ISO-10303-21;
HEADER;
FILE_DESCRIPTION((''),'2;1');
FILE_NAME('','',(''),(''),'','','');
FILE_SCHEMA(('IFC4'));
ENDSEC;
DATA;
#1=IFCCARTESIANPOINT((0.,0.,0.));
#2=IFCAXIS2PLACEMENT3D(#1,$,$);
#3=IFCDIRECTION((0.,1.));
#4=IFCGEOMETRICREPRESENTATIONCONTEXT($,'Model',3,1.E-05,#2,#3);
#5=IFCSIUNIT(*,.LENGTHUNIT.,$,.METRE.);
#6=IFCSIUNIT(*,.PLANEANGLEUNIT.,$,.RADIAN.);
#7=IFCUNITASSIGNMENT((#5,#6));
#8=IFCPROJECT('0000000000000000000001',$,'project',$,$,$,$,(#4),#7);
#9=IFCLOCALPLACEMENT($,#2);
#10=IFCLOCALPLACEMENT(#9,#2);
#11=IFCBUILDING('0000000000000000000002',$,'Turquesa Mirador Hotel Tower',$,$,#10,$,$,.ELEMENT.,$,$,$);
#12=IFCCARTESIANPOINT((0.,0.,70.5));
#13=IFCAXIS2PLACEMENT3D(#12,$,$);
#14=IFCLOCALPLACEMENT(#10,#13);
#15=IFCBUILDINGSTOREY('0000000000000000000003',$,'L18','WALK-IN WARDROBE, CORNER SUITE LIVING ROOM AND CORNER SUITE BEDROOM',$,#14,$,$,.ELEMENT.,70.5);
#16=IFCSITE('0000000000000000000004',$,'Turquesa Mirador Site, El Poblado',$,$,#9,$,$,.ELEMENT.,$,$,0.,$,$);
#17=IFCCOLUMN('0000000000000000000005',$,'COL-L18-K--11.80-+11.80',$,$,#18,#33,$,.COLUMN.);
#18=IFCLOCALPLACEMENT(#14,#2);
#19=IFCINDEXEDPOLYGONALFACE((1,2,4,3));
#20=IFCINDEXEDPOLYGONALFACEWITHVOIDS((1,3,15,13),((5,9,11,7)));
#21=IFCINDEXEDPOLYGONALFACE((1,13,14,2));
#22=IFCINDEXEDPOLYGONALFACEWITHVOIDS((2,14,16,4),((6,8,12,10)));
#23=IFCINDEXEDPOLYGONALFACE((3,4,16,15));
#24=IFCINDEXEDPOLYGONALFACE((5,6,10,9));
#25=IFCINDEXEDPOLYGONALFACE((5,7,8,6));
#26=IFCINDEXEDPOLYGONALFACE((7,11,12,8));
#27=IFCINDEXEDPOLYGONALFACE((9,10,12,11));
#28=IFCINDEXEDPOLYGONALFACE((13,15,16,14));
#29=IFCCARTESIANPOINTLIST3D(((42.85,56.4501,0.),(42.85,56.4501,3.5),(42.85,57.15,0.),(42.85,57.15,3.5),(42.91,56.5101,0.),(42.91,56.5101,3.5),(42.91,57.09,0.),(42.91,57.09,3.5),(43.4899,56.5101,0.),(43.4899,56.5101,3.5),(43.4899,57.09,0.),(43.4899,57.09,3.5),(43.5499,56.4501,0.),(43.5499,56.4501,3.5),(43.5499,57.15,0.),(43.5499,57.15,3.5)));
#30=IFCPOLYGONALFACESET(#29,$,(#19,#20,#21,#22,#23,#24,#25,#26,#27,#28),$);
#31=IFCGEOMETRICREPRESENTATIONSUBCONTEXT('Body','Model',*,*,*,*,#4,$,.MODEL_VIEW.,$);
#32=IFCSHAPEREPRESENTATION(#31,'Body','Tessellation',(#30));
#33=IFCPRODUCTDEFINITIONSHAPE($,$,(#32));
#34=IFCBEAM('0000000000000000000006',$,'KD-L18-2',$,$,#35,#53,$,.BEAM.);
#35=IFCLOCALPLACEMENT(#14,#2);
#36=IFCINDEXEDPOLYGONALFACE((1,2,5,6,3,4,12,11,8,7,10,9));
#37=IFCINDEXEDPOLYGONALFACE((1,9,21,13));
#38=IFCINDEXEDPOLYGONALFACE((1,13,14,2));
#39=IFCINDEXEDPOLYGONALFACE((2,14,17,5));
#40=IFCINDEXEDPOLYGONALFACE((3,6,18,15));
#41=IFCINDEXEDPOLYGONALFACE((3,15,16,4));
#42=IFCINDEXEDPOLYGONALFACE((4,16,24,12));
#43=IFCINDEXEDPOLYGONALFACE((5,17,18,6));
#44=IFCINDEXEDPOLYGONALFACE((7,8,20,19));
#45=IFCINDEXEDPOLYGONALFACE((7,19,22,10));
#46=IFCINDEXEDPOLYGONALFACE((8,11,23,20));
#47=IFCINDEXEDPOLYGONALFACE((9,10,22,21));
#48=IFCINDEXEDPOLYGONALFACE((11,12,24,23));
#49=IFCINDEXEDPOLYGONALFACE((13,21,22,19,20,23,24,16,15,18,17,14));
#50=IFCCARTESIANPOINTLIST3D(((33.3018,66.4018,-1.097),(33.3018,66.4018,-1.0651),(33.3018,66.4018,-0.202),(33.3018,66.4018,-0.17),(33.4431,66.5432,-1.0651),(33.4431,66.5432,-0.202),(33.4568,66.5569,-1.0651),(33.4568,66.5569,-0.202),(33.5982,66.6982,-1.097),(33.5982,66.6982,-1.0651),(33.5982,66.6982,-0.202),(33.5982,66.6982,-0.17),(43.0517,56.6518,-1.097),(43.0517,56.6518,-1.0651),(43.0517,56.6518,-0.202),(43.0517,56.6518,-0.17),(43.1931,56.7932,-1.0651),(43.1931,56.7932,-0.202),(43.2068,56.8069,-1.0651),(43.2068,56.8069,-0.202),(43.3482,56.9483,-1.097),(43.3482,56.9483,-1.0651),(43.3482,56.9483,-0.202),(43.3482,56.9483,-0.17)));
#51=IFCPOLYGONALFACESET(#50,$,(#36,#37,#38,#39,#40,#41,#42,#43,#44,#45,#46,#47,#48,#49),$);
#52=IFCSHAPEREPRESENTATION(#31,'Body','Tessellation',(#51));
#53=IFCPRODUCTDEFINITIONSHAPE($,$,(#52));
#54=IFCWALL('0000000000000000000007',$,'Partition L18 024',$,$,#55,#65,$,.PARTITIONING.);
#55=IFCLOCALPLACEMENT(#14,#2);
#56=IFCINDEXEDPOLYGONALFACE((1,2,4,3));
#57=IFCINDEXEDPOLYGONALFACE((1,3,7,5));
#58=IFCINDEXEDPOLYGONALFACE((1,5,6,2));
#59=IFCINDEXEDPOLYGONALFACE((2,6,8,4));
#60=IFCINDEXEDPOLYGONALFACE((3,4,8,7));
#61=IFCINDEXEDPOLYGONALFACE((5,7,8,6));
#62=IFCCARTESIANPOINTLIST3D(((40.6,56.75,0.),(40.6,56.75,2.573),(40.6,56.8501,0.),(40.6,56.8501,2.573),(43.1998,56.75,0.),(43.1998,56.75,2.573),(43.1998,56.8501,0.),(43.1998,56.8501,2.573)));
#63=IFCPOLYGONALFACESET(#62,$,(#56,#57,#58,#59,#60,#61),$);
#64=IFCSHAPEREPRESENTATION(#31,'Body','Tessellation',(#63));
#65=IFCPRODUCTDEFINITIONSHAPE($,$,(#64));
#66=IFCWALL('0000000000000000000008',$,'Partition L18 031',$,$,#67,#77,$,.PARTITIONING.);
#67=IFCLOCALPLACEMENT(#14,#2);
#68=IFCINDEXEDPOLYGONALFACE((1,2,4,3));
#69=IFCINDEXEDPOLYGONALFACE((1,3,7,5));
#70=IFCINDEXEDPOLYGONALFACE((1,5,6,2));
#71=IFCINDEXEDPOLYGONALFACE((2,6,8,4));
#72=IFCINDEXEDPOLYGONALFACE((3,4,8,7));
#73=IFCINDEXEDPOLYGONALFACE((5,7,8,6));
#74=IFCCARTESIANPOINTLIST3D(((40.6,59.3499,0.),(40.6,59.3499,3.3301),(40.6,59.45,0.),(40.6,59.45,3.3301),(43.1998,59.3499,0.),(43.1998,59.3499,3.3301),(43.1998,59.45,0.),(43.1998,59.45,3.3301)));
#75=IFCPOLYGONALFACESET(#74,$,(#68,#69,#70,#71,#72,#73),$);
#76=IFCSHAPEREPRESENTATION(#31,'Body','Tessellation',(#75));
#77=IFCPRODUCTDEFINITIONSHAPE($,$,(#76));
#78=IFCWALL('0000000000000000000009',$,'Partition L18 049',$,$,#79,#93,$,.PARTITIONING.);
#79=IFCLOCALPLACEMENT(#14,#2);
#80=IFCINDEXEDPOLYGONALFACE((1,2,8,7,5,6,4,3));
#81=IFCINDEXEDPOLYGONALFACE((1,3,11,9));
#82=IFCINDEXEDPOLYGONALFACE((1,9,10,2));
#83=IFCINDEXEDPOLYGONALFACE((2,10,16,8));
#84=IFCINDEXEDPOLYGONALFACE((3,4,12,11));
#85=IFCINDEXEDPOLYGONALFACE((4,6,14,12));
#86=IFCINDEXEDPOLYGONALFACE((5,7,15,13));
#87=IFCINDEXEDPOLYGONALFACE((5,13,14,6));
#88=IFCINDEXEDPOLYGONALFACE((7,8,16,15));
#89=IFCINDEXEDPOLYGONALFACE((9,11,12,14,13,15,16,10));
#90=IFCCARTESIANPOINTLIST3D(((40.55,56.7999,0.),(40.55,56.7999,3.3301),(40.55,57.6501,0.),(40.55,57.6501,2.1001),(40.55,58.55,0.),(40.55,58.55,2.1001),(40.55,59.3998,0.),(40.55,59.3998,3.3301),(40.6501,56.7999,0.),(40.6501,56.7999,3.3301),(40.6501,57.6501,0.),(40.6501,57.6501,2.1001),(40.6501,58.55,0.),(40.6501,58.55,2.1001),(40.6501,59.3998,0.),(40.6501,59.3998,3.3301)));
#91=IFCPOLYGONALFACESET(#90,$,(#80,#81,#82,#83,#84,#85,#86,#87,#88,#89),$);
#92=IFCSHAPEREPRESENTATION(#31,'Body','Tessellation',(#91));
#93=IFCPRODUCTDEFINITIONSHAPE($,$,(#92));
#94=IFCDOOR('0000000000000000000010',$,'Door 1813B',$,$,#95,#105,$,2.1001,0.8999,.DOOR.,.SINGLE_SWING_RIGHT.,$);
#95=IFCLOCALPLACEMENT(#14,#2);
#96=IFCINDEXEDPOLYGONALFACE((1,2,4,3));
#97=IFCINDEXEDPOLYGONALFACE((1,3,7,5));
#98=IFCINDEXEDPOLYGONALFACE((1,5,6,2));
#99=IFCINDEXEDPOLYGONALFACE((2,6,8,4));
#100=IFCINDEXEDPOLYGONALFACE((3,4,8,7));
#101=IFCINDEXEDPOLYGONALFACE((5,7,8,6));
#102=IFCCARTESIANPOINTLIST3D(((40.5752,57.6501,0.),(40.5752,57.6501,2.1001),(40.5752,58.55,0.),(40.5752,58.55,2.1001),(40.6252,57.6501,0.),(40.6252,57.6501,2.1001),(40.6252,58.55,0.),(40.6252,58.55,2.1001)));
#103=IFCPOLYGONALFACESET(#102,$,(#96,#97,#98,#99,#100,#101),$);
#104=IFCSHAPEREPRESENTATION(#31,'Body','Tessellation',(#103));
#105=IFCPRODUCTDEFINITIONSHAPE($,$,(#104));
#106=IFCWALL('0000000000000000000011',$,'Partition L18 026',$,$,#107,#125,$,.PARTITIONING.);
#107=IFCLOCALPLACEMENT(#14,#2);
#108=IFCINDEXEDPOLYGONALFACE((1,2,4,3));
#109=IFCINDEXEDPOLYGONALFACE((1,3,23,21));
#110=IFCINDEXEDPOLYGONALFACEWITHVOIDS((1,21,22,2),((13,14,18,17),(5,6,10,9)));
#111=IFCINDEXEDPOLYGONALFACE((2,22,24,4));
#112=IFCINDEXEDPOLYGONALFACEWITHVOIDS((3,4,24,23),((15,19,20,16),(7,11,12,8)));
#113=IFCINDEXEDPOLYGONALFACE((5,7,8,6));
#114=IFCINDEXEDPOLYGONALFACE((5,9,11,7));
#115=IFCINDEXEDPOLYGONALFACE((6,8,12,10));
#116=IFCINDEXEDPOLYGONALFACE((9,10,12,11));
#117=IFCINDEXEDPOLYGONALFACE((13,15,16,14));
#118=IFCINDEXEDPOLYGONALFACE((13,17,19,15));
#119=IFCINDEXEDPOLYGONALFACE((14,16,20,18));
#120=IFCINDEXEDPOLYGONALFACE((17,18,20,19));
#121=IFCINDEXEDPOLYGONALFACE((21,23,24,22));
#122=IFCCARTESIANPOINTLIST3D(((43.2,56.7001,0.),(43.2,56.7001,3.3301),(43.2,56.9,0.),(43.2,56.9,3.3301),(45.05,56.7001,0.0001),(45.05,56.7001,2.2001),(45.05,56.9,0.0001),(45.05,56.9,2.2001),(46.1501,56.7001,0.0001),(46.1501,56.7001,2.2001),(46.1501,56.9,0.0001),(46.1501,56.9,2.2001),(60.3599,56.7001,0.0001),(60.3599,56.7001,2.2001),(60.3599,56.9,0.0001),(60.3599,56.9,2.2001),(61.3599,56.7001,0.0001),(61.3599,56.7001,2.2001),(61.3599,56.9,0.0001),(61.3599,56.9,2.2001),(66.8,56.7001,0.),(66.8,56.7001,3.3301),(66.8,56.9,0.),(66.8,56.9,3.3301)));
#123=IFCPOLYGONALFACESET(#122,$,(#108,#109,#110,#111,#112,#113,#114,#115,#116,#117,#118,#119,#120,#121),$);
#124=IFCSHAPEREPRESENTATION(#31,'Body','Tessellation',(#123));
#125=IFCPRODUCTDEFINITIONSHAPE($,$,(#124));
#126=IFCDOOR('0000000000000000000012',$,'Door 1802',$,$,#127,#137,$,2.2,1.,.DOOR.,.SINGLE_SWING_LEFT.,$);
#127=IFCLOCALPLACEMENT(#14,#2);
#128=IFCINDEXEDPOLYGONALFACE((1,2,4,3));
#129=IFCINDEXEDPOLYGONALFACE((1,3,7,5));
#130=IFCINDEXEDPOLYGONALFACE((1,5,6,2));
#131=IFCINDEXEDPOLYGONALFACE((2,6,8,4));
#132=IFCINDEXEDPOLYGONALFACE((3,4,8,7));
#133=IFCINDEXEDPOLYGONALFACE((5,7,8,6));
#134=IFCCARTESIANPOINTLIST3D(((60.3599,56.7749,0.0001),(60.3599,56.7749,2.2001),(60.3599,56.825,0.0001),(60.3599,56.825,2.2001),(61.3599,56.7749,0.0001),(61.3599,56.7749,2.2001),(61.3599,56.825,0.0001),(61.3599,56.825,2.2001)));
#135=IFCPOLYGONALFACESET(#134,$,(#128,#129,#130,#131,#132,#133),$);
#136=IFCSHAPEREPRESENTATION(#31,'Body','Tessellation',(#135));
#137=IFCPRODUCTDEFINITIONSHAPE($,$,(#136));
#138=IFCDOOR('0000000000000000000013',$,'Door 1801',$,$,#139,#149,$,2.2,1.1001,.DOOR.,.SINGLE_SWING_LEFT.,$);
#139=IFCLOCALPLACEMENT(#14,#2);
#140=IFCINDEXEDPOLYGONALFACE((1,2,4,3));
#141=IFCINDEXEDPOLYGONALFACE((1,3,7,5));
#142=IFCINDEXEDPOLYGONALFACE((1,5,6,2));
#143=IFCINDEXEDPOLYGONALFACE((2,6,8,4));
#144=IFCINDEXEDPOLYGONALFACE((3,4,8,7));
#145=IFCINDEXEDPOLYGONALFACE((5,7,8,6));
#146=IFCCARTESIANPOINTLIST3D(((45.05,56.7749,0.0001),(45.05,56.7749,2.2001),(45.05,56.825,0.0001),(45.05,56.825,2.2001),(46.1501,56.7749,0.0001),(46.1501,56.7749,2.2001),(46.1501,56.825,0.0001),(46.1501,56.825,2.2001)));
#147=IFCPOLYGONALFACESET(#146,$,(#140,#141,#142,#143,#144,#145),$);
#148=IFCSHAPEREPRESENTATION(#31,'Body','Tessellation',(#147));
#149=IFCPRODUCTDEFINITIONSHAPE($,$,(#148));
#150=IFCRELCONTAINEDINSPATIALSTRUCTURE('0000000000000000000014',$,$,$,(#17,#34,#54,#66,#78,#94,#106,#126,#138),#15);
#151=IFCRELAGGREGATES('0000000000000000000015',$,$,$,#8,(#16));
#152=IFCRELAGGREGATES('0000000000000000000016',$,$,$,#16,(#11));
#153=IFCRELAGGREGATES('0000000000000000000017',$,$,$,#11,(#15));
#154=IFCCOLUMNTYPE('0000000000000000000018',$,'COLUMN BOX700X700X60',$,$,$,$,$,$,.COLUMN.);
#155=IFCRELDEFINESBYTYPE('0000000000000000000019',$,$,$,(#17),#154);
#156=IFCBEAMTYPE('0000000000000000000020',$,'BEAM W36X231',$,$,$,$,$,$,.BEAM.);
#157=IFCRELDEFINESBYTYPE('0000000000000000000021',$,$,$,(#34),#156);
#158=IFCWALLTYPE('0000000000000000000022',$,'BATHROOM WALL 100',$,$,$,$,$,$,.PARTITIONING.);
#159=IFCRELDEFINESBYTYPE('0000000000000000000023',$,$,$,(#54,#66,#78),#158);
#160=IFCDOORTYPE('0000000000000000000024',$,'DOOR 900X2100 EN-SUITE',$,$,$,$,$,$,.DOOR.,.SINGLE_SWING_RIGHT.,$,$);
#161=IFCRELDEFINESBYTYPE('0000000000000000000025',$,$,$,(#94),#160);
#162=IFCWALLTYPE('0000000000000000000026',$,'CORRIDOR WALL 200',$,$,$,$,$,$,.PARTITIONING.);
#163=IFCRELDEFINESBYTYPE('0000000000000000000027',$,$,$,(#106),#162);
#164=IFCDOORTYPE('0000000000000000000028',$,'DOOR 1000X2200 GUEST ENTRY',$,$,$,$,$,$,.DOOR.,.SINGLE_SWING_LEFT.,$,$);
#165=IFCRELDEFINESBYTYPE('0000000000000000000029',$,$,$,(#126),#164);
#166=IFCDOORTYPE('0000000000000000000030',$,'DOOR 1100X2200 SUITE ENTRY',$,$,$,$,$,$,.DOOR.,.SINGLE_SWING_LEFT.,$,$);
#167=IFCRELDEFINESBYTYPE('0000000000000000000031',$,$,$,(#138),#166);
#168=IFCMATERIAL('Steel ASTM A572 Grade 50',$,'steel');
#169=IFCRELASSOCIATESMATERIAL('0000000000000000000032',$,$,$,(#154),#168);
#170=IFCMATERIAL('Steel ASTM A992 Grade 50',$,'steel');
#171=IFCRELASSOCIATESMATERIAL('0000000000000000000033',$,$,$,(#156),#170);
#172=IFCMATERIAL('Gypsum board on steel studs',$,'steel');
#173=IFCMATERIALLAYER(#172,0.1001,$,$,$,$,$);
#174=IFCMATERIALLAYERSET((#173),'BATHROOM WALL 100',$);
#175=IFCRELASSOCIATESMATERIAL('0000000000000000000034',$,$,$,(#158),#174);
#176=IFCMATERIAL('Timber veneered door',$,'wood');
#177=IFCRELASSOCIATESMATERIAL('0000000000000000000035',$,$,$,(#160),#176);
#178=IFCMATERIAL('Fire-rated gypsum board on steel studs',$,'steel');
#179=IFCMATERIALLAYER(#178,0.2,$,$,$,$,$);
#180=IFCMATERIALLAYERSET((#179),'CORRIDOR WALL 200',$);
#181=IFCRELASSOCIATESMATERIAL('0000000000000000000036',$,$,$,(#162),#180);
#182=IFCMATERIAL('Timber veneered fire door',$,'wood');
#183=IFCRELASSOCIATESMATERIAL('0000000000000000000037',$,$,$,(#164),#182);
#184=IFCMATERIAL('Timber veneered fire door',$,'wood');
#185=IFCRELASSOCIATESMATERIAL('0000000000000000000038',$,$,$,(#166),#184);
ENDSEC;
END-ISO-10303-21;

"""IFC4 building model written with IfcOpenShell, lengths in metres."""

from ifc_helpers import new_model, si_unit, direction, frame, frame_2d, origin, origin_2d, place, context, subcontext, project, spatial, rectangle, hollow_rectangle, i_section, extrude, material, layer, layer_set, material_profile, profile_set, type_object, element, fill, save


model = new_model("IFC4")

# Units and contexts
model_context = context("Model", 3, precision=1e-05, world=origin(), true_north=direction((0.0, 1.0)))
body_context = subcontext(model_context, "Body", "Model", "MODEL_VIEW")
ifc_project = project(units=[si_unit("LENGTHUNIT", "METRE"), si_unit("PLANEANGLEUNIT", "RADIAN")], contexts=[model_context])

# Site, building, storey
site_placement = place(None, origin())
site = spatial("IfcSite", under=ifc_project, at=site_placement, Name="Turquesa Mirador Site, El Poblado", CompositionType="ELEMENT", RefElevation=0.0)
building_placement = place(site_placement, origin())
building = spatial("IfcBuilding", under=site, at=building_placement, Name="Turquesa Mirador Hotel Tower", CompositionType="ELEMENT")
storey_placement = place(building_placement, frame((0.0, 0.0, 70.5)))
storey = spatial("IfcBuildingStorey", under=building, at=storey_placement, Name="L18", Description="WALK-IN WARDROBE, CORNER SUITE LIVING ROOM AND CORNER SUITE BEDROOM", CompositionType="ELEMENT", Elevation=70.5)

# Column
ifc_material_1 = material(Name="Steel ASTM A572 Grade 50", Category="steel")
ifc_material_profile_1 = material_profile(ifc_material_1, hollow_rectangle(XDim=0.7, YDim=0.7, WallThickness=0.0601, at=origin_2d()), Name="BOX700X700X60")
ifc_profile_set_1 = profile_set([ifc_material_profile_1], Name="Steel ASTM A572 Grade 50")
column_type = type_object("IfcColumnType", Name="COLUMN BOX700X700X60", PredefinedType="COLUMN", material=ifc_profile_set_1)
column_placement = place(storey_placement, frame((43.2, 56.8, 0.0), z_axis=(0.0, 0.0, 1.0), x_axis=(1.0, 0.0, 0.0)))
element("IfcColumn", 1, at=column_placement, inside=storey, type_object=column_type, Name="COL-L18-K--11.80-+11.80", PredefinedType="COLUMN", context=body_context, shape_type="SweptSolid", body=[
    extrude(hollow_rectangle(XDim=0.7, YDim=0.7, WallThickness=0.0601, at=origin_2d()), origin(), (0.0, 0.0, 1.0), 3.5),
])

# Beam
ifc_material_2 = material(Name="Steel ASTM A992 Grade 50", Category="steel")
ifc_material_profile_2 = material_profile(ifc_material_2, i_section(OverallWidth=0.4192, OverallDepth=0.927, WebThickness=0.0193, FlangeThickness=0.032, at=origin_2d()), Name="W36X231")
ifc_profile_set_2 = profile_set([ifc_material_profile_2], Name="Steel ASTM A992 Grade 50")
beam_type = type_object("IfcBeamType", Name="BEAM W36X231", PredefinedType="BEAM", material=ifc_profile_set_2)
beam_placement = place(storey_placement, frame((43.2, 56.8, -0.6335), z_axis=(-0.707107, 0.707107, 0.0), x_axis=(-0.707107, -0.707107, 0.0)))
element("IfcBeam", 2, at=beam_placement, inside=storey, type_object=beam_type, Name="KD-L18-2", PredefinedType="BEAM", context=body_context, shape_type="SweptSolid", body=[
    extrude(i_section(OverallWidth=0.4192, OverallDepth=0.927, WebThickness=0.0193, FlangeThickness=0.032, at=origin_2d()), origin(), (0.0, 0.0, 1.0), 13.7886),
])

# Walls
ifc_material_3 = material(Name="Gypsum board on steel studs", Category="steel")
ifc_layer_1 = layer(ifc_material_3, 0.1001)
ifc_layer_set_1 = layer_set([ifc_layer_1], Name="BATHROOM WALL 100")
wall_type_1 = type_object("IfcWallType", Name="BATHROOM WALL 100", PredefinedType="PARTITIONING", material=ifc_layer_set_1)
wall_1_placement = place(storey_placement, frame((40.6001, 56.8, 0.0), z_axis=(0.0, 0.0, 1.0), x_axis=(1.0, 0.0, 0.0)))
element("IfcWall", 3, at=wall_1_placement, inside=storey, type_object=wall_type_1, Name="Partition L18 024", PredefinedType="PARTITIONING", context=body_context, shape_type="SweptSolid", body=[
    extrude(rectangle(XDim=2.5999, YDim=0.1001, at=frame_2d((1.2998, 0.0))), origin(), (0.0, 0.0, 1.0), 2.573),
])
wall_2_placement = place(storey_placement, frame((40.6001, 59.3999, 0.0), z_axis=(0.0, 0.0, 1.0), x_axis=(1.0, 0.0, 0.0)))
element("IfcWall", 4, at=wall_2_placement, inside=storey, type_object=wall_type_1, Name="Partition L18 031", PredefinedType="PARTITIONING", context=body_context, shape_type="SweptSolid", body=[
    extrude(rectangle(XDim=2.5999, YDim=0.1001, at=frame_2d((1.2998, 0.0))), origin(), (0.0, 0.0, 1.0), 3.3301),
])

# Wall, opening, door
wall_3_placement = place(storey_placement, frame((40.6001, 56.8, 0.0), z_axis=(0.0, 0.0, 1.0), x_axis=(0.0, 1.0, 0.0)))
wall_3 = element("IfcWall", 5, at=wall_3_placement, inside=storey, type_object=wall_type_1, Name="Partition L18 049", PredefinedType="PARTITIONING", context=body_context, shape_type="SweptSolid", body=[
    extrude(rectangle(XDim=2.5999, YDim=0.1001, at=frame_2d((1.2998, 0.0))), origin(), (0.0, 0.0, 1.0), 3.3301),
])
opening_1_placement = place(wall_3_placement, frame((0.8501, 0.0, 0.0)))
opening_1 = element("IfcOpeningElement", 6, at=opening_1_placement, cuts=wall_3, PredefinedType="OPENING", context=body_context, shape_type="SweptSolid", body=[
    extrude(rectangle(XDim=0.8999, YDim=2.1001, at=frame_2d((0.45, 1.05))), frame((0.0, 0.0601, 0.0), z_axis=(0.0, -1.0, 0.0), x_axis=(1.0, 0.0, 0.0)), (0.0, 0.0, 1.0), 0.1201),
])
ifc_material_4 = material(Name="Timber veneered door", Category="wood")
door_type_1 = type_object("IfcDoorType", Name="DOOR 900X2100 EN-SUITE", OperationType="SINGLE_SWING_RIGHT", PredefinedType="DOOR", material=ifc_material_4)
door_1_placement = place(opening_1_placement, origin())
door_1 = element("IfcDoor", 7, at=door_1_placement, inside=storey, type_object=door_type_1, Name="Door 1813B", OperationType="SINGLE_SWING_RIGHT", OverallHeight=2.1001, OverallWidth=0.8999, PredefinedType="DOOR", context=body_context, shape_type="SweptSolid", body=[
    extrude(rectangle(XDim=0.8999, YDim=2.1001, at=frame_2d((0.45, 1.05))), frame((0.0, 0.0249, 0.0), z_axis=(0.0, -1.0, 0.0), x_axis=(1.0, 0.0, 0.0)), (0.0, 0.0, 1.0), 0.05),
])
fill(opening_1, door_1)

# Wall, openings, doors
ifc_material_5 = material(Name="Fire-rated gypsum board on steel studs", Category="steel")
ifc_layer_2 = layer(ifc_material_5, 0.2)
ifc_layer_set_2 = layer_set([ifc_layer_2], Name="CORRIDOR WALL 200")
wall_type_2 = type_object("IfcWallType", Name="CORRIDOR WALL 200", PredefinedType="PARTITIONING", material=ifc_layer_set_2)
wall_4_placement = place(storey_placement, frame((43.2, 56.8, 0.0), z_axis=(0.0, 0.0, 1.0), x_axis=(1.0, 0.0, 0.0)))
wall_4 = element("IfcWall", 8, at=wall_4_placement, inside=storey, type_object=wall_type_2, Name="Partition L18 026", PredefinedType="PARTITIONING", context=body_context, shape_type="SweptSolid", body=[
    extrude(rectangle(XDim=23.6001, YDim=0.2, at=frame_2d((11.8, 0.0))), origin(), (0.0, 0.0, 1.0), 3.3301),
])
opening_2_placement = place(wall_4_placement, frame((1.8501, 0.0, 0.0)))
opening_2 = element("IfcOpeningElement", 9, at=opening_2_placement, cuts=wall_4, PredefinedType="OPENING", context=body_context, shape_type="SweptSolid", body=[
    extrude(rectangle(XDim=1.1001, YDim=2.2, at=frame_2d((0.55, 1.1001))), frame((0.0, 0.1099, 0.0), z_axis=(0.0, -1.0, 0.0), x_axis=(1.0, 0.0, 0.0)), (0.0, 0.0, 1.0), 0.22),
])
opening_3_placement = place(wall_4_placement, frame((17.1599, 0.0, 0.0)))
opening_3 = element("IfcOpeningElement", 10, at=opening_3_placement, cuts=wall_4, PredefinedType="OPENING", context=body_context, shape_type="SweptSolid", body=[
    extrude(rectangle(XDim=1.0, YDim=2.2, at=frame_2d((0.5, 1.1001))), frame((0.0, 0.1099, 0.0), z_axis=(0.0, -1.0, 0.0), x_axis=(1.0, 0.0, 0.0)), (0.0, 0.0, 1.0), 0.22),
])
ifc_material_6 = material(Name="Timber veneered fire door", Category="wood")
door_type_2 = type_object("IfcDoorType", Name="DOOR 1000X2200 GUEST ENTRY", OperationType="SINGLE_SWING_LEFT", PredefinedType="DOOR", material=ifc_material_6)
door_2_placement = place(opening_3_placement, origin())
door_2 = element("IfcDoor", 11, at=door_2_placement, inside=storey, type_object=door_type_2, Name="Door 1802", OperationType="SINGLE_SWING_LEFT", OverallHeight=2.2, OverallWidth=1.0, PredefinedType="DOOR", context=body_context, shape_type="SweptSolid", body=[
    extrude(rectangle(XDim=1.0, YDim=2.2, at=frame_2d((0.5, 1.1001))), frame((0.0, 0.0249, 0.0), z_axis=(0.0, -1.0, 0.0), x_axis=(1.0, 0.0, 0.0)), (0.0, 0.0, 1.0), 0.05),
])
fill(opening_3, door_2)
ifc_material_7 = material(Name="Timber veneered fire door", Category="wood")
door_type_3 = type_object("IfcDoorType", Name="DOOR 1100X2200 SUITE ENTRY", OperationType="SINGLE_SWING_LEFT", PredefinedType="DOOR", material=ifc_material_7)
door_3_placement = place(opening_2_placement, origin())
door_3 = element("IfcDoor", 12, at=door_3_placement, inside=storey, type_object=door_type_3, Name="Door 1801", OperationType="SINGLE_SWING_LEFT", OverallHeight=2.2, OverallWidth=1.1001, PredefinedType="DOOR", context=body_context, shape_type="SweptSolid", body=[
    extrude(rectangle(XDim=1.1001, YDim=2.2, at=frame_2d((0.55, 1.1001))), frame((0.0, 0.0249, 0.0), z_axis=(0.0, -1.0, 0.0), x_axis=(1.0, 0.0, 0.0)), (0.0, 0.0, 1.0), 0.05),
])
fill(opening_2, door_3)

save(model, "model.ifc")
